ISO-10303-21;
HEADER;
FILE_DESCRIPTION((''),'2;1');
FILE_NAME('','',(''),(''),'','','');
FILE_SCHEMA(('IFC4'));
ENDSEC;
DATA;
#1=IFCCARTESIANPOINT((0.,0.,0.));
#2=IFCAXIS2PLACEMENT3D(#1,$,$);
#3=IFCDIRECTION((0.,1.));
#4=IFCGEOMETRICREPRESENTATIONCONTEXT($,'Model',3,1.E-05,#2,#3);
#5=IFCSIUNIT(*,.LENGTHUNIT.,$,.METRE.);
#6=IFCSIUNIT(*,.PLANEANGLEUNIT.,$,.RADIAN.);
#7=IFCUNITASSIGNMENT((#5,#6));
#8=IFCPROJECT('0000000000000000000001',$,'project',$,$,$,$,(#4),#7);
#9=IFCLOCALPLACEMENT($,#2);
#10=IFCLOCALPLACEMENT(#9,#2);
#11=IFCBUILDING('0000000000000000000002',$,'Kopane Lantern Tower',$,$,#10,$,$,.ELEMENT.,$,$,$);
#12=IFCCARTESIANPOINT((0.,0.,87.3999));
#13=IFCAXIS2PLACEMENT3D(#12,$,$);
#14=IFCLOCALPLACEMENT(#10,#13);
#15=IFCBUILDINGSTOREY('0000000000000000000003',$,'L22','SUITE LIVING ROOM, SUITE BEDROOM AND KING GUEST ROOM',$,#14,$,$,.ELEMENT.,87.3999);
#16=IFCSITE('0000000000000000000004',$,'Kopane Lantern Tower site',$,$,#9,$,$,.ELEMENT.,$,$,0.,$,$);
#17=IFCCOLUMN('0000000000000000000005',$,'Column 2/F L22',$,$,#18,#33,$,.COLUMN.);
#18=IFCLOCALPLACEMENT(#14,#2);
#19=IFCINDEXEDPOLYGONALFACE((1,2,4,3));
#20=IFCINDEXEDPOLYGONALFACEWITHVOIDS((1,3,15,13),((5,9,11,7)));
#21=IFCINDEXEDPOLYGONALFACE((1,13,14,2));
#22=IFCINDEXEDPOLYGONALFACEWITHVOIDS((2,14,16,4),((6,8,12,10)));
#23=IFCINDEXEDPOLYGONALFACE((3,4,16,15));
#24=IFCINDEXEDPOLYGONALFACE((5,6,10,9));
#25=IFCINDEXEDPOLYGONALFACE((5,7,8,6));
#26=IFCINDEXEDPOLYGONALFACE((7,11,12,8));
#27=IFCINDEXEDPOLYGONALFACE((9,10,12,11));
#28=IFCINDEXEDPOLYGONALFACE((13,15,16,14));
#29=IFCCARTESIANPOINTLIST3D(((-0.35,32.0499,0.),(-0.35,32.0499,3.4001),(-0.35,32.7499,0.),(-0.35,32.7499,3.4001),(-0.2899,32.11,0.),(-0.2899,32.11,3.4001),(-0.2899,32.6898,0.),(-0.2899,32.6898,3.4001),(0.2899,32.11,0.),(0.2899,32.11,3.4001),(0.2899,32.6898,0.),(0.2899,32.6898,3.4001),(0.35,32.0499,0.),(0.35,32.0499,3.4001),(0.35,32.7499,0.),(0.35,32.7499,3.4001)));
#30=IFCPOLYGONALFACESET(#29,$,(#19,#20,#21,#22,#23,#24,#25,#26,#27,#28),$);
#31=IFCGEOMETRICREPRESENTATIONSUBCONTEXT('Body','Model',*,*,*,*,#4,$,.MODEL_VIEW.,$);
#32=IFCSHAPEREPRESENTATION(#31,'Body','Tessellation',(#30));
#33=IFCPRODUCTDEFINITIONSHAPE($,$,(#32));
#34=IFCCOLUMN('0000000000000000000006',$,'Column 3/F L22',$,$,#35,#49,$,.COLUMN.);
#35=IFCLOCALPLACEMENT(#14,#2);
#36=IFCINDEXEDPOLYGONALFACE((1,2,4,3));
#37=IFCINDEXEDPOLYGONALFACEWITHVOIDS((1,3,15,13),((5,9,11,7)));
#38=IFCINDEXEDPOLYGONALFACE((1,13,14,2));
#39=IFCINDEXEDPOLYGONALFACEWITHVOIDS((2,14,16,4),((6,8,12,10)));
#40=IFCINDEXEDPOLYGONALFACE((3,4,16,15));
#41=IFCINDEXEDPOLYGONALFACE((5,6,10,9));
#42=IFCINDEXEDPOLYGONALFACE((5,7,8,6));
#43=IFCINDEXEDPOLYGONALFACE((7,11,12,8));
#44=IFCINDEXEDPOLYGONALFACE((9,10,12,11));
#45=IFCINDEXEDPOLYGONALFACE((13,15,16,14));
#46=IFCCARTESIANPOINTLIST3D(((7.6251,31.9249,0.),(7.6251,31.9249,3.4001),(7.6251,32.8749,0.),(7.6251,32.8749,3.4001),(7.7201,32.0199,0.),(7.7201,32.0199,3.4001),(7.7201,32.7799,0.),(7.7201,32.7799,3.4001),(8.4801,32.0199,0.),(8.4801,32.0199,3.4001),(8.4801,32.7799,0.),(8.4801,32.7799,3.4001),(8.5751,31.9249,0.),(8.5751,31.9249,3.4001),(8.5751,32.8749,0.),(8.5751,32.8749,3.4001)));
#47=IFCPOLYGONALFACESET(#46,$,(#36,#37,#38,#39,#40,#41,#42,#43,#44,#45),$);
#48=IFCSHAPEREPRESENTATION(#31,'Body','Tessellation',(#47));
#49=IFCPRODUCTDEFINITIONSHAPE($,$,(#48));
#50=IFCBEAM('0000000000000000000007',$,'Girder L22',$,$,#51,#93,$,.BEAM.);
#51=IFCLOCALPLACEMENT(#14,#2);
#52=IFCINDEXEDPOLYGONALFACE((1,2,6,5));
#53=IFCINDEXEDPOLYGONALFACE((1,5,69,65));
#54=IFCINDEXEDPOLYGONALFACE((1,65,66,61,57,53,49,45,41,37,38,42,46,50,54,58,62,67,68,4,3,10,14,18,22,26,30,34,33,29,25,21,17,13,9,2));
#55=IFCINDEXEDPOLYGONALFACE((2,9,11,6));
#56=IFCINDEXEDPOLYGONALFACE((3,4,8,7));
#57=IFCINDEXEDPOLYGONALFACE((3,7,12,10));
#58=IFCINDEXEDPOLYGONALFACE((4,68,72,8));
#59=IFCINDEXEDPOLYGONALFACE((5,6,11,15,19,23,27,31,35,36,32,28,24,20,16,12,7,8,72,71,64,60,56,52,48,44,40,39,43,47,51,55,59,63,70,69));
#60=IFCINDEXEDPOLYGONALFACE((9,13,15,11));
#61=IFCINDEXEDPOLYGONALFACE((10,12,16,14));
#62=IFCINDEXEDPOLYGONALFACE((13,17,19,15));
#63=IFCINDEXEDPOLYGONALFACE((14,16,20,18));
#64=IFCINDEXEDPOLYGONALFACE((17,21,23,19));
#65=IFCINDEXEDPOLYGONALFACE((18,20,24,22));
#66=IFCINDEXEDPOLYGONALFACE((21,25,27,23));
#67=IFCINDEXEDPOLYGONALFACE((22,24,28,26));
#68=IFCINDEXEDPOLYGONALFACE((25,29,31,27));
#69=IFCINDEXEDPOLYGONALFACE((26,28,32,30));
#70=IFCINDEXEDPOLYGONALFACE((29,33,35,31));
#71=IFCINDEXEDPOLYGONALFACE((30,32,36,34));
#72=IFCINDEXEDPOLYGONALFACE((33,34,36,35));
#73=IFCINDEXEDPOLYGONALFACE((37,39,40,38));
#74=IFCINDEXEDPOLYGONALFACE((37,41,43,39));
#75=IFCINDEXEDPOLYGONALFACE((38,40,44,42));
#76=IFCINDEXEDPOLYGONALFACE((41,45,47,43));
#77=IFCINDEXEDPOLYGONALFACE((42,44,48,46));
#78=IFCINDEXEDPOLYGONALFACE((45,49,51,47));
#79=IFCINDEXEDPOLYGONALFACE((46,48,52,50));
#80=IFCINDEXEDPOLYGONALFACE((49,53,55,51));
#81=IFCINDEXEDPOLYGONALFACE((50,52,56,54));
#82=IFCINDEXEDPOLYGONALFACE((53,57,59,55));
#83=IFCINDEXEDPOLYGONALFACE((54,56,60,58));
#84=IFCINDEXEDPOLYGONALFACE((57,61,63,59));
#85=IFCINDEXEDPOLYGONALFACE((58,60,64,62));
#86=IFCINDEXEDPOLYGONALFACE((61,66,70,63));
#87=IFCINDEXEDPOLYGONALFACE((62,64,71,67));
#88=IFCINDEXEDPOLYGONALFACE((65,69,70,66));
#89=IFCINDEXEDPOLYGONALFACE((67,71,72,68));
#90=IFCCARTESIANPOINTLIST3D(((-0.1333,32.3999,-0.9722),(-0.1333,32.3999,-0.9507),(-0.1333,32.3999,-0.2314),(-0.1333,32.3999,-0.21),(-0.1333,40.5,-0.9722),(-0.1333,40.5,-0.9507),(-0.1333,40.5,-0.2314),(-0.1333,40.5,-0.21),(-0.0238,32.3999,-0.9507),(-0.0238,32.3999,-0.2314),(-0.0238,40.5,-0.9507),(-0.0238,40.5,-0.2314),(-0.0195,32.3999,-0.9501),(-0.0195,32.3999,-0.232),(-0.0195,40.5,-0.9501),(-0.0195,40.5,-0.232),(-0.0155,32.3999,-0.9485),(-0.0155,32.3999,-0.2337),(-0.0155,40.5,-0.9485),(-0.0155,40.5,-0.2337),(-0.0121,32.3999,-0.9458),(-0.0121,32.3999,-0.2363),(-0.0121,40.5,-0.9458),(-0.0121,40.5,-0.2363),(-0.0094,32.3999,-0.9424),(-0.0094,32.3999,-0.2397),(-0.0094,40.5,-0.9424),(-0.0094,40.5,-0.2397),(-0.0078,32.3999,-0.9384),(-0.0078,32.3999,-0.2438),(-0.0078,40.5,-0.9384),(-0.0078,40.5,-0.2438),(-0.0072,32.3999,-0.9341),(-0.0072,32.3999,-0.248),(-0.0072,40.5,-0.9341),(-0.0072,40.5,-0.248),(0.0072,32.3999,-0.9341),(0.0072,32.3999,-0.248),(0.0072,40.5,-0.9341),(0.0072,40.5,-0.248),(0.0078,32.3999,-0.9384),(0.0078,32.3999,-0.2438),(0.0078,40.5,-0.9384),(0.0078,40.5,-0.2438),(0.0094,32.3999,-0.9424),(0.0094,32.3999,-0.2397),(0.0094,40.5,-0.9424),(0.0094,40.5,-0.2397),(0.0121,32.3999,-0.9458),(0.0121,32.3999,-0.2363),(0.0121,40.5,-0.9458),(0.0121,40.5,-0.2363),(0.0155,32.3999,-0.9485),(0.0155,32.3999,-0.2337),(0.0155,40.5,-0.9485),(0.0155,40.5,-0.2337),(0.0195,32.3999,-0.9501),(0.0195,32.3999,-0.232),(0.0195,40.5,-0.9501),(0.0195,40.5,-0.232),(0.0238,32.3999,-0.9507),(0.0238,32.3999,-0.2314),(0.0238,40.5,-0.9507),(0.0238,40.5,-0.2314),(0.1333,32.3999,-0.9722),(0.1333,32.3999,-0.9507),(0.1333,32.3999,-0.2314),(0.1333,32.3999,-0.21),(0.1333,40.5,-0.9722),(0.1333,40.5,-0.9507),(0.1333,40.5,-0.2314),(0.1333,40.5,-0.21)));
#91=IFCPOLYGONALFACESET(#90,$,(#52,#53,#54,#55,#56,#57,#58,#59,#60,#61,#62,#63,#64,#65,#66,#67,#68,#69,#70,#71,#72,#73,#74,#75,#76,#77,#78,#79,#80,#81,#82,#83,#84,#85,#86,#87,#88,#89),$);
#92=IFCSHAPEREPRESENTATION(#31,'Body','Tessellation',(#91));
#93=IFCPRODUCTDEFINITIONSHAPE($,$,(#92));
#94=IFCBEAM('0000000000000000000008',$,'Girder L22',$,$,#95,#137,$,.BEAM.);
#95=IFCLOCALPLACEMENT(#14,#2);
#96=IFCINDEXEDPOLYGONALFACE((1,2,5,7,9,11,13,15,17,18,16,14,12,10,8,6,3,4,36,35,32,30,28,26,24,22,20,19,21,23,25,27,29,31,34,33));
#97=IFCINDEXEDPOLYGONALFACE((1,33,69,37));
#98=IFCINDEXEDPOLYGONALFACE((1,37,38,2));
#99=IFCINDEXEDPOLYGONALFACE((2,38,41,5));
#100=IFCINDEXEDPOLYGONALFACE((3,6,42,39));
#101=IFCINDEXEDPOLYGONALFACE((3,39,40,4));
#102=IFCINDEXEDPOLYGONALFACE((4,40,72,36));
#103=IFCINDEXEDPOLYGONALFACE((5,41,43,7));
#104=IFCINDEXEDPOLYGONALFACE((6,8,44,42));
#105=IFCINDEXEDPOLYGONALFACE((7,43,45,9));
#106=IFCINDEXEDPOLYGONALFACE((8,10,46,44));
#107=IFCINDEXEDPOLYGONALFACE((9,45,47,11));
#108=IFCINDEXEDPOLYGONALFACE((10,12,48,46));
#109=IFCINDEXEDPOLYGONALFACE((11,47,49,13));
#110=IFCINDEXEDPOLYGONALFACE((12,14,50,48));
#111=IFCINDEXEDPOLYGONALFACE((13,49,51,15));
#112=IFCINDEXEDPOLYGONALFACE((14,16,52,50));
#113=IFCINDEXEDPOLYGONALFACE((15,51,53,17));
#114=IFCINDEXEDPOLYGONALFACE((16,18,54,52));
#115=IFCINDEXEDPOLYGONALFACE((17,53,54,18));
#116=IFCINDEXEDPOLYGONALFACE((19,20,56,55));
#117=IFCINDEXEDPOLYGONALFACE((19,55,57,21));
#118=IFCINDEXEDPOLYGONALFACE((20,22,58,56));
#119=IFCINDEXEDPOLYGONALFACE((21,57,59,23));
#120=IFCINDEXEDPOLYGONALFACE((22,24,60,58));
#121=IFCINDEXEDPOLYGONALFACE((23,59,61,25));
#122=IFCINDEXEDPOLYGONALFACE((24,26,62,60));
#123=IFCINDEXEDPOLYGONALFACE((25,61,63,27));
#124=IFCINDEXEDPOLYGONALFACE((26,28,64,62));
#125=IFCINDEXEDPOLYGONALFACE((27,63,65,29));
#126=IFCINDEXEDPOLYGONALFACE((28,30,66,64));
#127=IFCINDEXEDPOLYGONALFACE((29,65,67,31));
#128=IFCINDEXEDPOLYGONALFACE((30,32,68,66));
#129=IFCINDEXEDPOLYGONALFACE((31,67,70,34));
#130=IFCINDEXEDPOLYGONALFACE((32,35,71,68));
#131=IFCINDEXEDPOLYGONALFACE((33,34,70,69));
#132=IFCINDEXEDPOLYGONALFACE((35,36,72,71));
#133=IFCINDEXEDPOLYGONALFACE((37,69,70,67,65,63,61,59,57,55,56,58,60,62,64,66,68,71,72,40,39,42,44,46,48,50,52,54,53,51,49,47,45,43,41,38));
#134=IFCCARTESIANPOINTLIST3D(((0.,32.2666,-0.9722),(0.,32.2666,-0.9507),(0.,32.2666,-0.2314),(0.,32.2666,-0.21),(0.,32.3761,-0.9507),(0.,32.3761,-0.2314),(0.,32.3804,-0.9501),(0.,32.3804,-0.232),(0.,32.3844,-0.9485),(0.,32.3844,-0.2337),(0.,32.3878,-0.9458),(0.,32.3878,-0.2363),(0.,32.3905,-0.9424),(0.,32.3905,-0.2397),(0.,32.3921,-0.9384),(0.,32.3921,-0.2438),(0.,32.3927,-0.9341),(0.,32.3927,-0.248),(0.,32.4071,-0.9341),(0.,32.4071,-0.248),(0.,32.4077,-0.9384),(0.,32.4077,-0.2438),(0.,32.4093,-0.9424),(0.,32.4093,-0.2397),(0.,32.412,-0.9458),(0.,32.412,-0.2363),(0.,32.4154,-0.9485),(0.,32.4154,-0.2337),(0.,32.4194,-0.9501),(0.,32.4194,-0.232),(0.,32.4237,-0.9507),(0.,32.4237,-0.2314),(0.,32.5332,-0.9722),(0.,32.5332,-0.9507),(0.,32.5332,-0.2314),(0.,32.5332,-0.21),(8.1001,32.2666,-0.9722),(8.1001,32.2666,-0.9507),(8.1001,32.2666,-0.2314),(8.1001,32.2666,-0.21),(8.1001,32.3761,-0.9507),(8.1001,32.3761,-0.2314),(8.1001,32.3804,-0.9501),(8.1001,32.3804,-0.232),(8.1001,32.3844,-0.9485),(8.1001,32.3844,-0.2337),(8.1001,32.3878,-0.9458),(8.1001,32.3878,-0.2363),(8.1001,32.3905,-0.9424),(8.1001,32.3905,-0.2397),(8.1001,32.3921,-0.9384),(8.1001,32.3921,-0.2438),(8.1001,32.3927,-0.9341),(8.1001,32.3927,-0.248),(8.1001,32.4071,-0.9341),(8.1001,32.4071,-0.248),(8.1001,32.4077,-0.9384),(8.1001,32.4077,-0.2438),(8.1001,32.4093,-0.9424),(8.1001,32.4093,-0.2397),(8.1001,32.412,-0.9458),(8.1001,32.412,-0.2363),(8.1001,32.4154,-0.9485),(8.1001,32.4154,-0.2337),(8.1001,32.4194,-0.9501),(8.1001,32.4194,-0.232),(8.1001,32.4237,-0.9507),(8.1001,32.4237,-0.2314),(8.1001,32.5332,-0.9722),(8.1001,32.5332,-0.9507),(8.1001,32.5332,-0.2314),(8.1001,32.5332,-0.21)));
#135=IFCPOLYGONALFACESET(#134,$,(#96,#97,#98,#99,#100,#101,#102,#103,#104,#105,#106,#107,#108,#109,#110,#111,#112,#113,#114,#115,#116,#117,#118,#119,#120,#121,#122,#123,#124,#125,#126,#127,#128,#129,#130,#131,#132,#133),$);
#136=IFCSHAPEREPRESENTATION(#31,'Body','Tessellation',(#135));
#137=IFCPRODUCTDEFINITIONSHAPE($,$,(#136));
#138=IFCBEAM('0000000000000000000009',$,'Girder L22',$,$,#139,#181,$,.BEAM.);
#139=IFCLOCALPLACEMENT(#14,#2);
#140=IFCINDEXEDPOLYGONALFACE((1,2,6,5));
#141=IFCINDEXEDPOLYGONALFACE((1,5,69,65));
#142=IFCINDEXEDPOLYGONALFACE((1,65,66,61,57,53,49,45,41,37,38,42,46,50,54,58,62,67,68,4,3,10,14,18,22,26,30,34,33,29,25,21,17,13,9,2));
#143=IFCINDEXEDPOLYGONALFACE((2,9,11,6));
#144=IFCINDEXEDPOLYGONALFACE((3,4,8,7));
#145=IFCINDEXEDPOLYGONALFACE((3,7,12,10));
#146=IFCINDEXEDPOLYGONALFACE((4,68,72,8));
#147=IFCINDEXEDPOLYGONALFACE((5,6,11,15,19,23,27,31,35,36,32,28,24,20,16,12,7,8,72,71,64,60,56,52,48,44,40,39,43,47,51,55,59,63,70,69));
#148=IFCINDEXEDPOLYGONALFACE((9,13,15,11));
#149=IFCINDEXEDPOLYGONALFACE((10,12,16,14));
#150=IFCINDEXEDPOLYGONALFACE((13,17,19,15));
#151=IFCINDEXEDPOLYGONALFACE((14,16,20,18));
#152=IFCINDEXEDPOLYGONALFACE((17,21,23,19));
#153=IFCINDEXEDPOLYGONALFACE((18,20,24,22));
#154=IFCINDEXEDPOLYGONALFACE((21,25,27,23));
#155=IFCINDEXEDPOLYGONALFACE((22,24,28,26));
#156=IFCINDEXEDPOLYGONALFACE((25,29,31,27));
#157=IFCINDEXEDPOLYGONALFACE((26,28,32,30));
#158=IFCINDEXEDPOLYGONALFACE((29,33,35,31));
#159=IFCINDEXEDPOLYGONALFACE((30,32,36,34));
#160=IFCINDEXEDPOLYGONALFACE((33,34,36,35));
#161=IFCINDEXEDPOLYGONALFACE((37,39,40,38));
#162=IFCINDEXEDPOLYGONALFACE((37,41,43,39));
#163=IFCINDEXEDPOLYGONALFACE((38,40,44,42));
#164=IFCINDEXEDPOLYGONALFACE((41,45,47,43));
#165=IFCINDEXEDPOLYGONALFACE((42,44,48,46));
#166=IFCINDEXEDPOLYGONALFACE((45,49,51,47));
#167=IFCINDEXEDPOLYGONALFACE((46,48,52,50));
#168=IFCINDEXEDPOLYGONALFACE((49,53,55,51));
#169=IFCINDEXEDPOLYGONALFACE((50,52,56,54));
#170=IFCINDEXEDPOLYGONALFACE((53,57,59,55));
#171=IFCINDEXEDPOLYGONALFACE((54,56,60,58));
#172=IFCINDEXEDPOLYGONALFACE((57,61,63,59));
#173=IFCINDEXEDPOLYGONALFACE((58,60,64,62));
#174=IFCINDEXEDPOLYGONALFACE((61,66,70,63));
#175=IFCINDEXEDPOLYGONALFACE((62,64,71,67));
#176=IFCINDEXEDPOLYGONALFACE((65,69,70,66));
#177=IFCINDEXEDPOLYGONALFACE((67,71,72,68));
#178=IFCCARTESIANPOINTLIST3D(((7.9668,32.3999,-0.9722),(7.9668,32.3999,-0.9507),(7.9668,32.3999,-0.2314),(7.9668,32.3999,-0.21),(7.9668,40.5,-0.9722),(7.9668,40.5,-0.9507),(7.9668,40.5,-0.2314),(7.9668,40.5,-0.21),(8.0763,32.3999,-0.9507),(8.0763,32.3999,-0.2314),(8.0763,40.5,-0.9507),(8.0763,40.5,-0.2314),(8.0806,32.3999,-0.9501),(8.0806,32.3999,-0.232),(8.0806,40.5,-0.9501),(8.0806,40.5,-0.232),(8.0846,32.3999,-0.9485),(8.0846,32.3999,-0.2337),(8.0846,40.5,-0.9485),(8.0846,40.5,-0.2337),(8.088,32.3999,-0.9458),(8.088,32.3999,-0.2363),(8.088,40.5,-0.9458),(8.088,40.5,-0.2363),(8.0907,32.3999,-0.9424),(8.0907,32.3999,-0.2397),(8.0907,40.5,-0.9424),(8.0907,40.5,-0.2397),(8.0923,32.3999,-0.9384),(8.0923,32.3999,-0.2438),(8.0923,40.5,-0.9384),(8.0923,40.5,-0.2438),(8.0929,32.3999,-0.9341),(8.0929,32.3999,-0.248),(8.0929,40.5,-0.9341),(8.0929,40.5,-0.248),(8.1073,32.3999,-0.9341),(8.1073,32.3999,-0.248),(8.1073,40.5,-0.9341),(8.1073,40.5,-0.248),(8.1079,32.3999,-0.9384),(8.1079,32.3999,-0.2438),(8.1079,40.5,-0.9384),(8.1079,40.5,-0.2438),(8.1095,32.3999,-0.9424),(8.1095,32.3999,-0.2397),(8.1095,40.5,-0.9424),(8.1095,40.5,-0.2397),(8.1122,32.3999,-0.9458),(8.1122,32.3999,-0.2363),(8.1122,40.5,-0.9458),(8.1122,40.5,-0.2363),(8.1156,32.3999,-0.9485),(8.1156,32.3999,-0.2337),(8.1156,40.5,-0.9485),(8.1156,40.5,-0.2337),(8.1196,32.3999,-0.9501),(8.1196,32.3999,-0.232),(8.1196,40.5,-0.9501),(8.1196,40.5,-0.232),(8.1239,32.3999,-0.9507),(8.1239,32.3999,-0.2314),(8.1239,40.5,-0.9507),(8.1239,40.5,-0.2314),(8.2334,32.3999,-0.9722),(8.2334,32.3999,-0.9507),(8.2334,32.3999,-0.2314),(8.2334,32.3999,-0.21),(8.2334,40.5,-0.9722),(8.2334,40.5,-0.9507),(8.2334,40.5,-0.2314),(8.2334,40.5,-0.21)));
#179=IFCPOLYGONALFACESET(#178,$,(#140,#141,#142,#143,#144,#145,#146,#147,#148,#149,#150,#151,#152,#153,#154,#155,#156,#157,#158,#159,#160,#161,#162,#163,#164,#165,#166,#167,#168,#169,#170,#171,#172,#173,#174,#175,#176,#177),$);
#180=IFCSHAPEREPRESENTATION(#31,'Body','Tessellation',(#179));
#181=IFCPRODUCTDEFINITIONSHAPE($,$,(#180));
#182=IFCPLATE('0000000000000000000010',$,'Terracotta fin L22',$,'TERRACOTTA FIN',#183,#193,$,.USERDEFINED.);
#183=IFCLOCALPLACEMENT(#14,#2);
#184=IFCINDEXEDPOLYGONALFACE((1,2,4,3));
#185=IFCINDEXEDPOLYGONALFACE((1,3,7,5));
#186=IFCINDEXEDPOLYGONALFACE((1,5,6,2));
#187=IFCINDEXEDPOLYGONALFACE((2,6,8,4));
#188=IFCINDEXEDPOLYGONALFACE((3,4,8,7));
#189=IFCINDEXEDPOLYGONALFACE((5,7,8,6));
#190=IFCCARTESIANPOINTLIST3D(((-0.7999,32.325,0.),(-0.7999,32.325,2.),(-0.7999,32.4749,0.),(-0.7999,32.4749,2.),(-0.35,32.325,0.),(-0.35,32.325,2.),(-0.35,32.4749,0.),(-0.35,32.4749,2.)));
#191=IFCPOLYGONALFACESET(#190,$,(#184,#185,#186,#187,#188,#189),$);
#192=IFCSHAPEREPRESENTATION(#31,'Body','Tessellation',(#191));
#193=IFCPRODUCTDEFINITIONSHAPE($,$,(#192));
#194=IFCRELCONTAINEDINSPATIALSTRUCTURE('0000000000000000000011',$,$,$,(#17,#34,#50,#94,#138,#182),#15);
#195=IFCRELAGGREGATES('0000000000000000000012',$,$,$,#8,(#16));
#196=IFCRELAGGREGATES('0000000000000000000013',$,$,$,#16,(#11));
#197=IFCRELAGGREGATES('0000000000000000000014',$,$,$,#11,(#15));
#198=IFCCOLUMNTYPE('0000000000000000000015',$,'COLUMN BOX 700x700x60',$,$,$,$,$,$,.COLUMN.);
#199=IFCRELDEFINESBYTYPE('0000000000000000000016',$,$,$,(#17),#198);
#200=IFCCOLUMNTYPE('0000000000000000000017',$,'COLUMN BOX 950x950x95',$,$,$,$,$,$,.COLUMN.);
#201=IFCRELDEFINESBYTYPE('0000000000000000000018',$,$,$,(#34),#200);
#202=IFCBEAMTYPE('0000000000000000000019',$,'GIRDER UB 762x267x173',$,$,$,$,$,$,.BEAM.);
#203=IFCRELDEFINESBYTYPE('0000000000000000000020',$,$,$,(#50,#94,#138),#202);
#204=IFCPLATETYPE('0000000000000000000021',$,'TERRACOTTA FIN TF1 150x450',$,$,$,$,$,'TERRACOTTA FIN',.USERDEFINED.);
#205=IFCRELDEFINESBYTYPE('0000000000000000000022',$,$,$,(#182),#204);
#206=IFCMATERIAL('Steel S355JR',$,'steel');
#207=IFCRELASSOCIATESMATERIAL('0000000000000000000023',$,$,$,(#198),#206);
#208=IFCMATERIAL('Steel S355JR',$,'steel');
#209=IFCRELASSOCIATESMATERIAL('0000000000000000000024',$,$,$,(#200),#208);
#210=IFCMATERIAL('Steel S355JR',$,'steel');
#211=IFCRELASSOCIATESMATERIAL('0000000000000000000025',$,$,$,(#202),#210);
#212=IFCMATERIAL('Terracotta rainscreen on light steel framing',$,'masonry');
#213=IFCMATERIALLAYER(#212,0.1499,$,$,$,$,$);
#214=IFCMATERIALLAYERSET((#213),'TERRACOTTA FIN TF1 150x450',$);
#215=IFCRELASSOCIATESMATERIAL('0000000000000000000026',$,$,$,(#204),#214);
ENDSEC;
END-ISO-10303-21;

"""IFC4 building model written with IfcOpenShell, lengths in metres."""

from ifc_helpers import new_model, si_unit, direction, frame, origin, origin_2d, place, context, subcontext, project, spatial, rectangle, hollow_rectangle, i_section, extrude, material, layer, layer_set, material_profile, profile_set, type_object, element, save


model = new_model("IFC4")

# Units and contexts
model_context = context("Model", 3, precision=1e-05, world=origin(), true_north=direction((0.0, 1.0)))
body_context = subcontext(model_context, "Body", "Model", "MODEL_VIEW")
ifc_project = project(units=[si_unit("LENGTHUNIT", "METRE"), si_unit("PLANEANGLEUNIT", "RADIAN")], contexts=[model_context])

# Site, building, storey
site_placement = place(None, origin())
site = spatial("IfcSite", under=ifc_project, at=site_placement, Name="Kopane Lantern Tower site", CompositionType="ELEMENT", RefElevation=0.0)
building_placement = place(site_placement, origin())
building = spatial("IfcBuilding", under=site, at=building_placement, Name="Kopane Lantern Tower", CompositionType="ELEMENT")
storey_placement = place(building_placement, frame((0.0, 0.0, 87.3999)))
storey = spatial("IfcBuildingStorey", under=building, at=storey_placement, Name="L22", Description="SUITE LIVING ROOM, SUITE BEDROOM AND KING GUEST ROOM", CompositionType="ELEMENT", Elevation=87.3999)

# Columns
ifc_material_1 = material(Name="Steel S355JR", Category="steel")
ifc_material_profile_1 = material_profile(ifc_material_1, hollow_rectangle(XDim=0.7, YDim=0.7, WallThickness=0.0601, at=origin_2d()), Name="BOX 700x700x60")
ifc_profile_set_1 = profile_set([ifc_material_profile_1], Name="Steel S355JR")
column_type_1 = type_object("IfcColumnType", Name="COLUMN BOX 700x700x60", PredefinedType="COLUMN", material=ifc_profile_set_1)
column_1_placement = place(storey_placement, frame((0.0, 32.3999, 0.0), z_axis=(0.0, 0.0, 1.0), x_axis=(1.0, 0.0, 0.0)))
element("IfcColumn", 1, at=column_1_placement, inside=storey, type_object=column_type_1, Name="Column 2/F L22", PredefinedType="COLUMN", context=body_context, shape_type="SweptSolid", body=[
    extrude(hollow_rectangle(XDim=0.7, YDim=0.7, WallThickness=0.0601, at=origin_2d()), origin(), (0.0, 0.0, 1.0), 3.4001),
])
ifc_material_2 = material(Name="Steel S355JR", Category="steel")
ifc_material_profile_2 = material_profile(ifc_material_2, hollow_rectangle(XDim=0.95, YDim=0.95, WallThickness=0.095, at=origin_2d()), Name="BOX 950x950x95")
ifc_profile_set_2 = profile_set([ifc_material_profile_2], Name="Steel S355JR")
column_type_2 = type_object("IfcColumnType", Name="COLUMN BOX 950x950x95", PredefinedType="COLUMN", material=ifc_profile_set_2)
column_2_placement = place(storey_placement, frame((8.1001, 32.3999, 0.0), z_axis=(0.0, 0.0, 1.0), x_axis=(1.0, 0.0, 0.0)))
element("IfcColumn", 2, at=column_2_placement, inside=storey, type_object=column_type_2, Name="Column 3/F L22", PredefinedType="COLUMN", context=body_context, shape_type="SweptSolid", body=[
    extrude(hollow_rectangle(XDim=0.95, YDim=0.95, WallThickness=0.095, at=origin_2d()), origin(), (0.0, 0.0, 1.0), 3.4001),
])

# Beams
ifc_material_3 = material(Name="Steel S355JR", Category="steel")
ifc_material_profile_3 = material_profile(ifc_material_3, i_section(OverallWidth=0.2666, OverallDepth=0.7622, WebThickness=0.0144, FlangeThickness=0.0215, FilletRadius=0.0166, at=origin_2d()), Name="UB 762x267x173")
ifc_profile_set_3 = profile_set([ifc_material_profile_3], Name="Steel S355JR")
beam_type = type_object("IfcBeamType", Name="GIRDER UB 762x267x173", PredefinedType="BEAM", material=ifc_profile_set_3)
for number, where, z_axis, x_axis, name in (
    (3, (0.0, 32.3999, -0.5911), (0.0, 1.0, 0.0), (-1.0, 0.0, 0.0), "Girder L22"),
    (4, (0.0, 32.3999, -0.5911), (1.0, 0.0, 0.0), (0.0, 1.0, 0.0), "Girder L22"),
    (5, (8.1001, 32.3999, -0.5911), (0.0, 1.0, 0.0), (-1.0, 0.0, 0.0), "Girder L22"),
):
    element("IfcBeam", number, at=place(storey_placement, frame(where, z_axis=z_axis, x_axis=x_axis)), inside=storey, type_object=beam_type, Name=name, PredefinedType="BEAM", context=body_context, shape_type="SweptSolid", body=[
        extrude(i_section(OverallWidth=0.2666, OverallDepth=0.7622, WebThickness=0.0144, FlangeThickness=0.0215, FilletRadius=0.0166, at=origin_2d()), origin(), (0.0, 0.0, 1.0), 8.1001),
    ])

# Plate
ifc_material_4 = material(Name="Terracotta rainscreen on light steel framing", Category="masonry")
ifc_layer_1 = layer(ifc_material_4, 0.1499)
ifc_layer_set_1 = layer_set([ifc_layer_1], Name="TERRACOTTA FIN TF1 150x450")
plate_type = type_object("IfcPlateType", Name="TERRACOTTA FIN TF1 150x450", ElementType="TERRACOTTA FIN", PredefinedType="USERDEFINED", material=ifc_layer_set_1)
for number, where, z_axis, x_axis, name in (
    (6, (-0.575, 32.3999, 0.0), (0.0, 0.0, 1.0), (0.0, -1.0, 0.0), "Terracotta fin L22"),
):
    element("IfcPlate", number, at=place(storey_placement, frame(where, z_axis=z_axis, x_axis=x_axis)), inside=storey, type_object=plate_type, Name=name, ObjectType="TERRACOTTA FIN", PredefinedType="USERDEFINED", context=body_context, shape_type="SweptSolid", body=[
        extrude(rectangle(XDim=0.1499, YDim=0.45, at=origin_2d()), origin(), (0.0, 0.0, 1.0), 2.0),
    ])

save(model, "model.ifc")
